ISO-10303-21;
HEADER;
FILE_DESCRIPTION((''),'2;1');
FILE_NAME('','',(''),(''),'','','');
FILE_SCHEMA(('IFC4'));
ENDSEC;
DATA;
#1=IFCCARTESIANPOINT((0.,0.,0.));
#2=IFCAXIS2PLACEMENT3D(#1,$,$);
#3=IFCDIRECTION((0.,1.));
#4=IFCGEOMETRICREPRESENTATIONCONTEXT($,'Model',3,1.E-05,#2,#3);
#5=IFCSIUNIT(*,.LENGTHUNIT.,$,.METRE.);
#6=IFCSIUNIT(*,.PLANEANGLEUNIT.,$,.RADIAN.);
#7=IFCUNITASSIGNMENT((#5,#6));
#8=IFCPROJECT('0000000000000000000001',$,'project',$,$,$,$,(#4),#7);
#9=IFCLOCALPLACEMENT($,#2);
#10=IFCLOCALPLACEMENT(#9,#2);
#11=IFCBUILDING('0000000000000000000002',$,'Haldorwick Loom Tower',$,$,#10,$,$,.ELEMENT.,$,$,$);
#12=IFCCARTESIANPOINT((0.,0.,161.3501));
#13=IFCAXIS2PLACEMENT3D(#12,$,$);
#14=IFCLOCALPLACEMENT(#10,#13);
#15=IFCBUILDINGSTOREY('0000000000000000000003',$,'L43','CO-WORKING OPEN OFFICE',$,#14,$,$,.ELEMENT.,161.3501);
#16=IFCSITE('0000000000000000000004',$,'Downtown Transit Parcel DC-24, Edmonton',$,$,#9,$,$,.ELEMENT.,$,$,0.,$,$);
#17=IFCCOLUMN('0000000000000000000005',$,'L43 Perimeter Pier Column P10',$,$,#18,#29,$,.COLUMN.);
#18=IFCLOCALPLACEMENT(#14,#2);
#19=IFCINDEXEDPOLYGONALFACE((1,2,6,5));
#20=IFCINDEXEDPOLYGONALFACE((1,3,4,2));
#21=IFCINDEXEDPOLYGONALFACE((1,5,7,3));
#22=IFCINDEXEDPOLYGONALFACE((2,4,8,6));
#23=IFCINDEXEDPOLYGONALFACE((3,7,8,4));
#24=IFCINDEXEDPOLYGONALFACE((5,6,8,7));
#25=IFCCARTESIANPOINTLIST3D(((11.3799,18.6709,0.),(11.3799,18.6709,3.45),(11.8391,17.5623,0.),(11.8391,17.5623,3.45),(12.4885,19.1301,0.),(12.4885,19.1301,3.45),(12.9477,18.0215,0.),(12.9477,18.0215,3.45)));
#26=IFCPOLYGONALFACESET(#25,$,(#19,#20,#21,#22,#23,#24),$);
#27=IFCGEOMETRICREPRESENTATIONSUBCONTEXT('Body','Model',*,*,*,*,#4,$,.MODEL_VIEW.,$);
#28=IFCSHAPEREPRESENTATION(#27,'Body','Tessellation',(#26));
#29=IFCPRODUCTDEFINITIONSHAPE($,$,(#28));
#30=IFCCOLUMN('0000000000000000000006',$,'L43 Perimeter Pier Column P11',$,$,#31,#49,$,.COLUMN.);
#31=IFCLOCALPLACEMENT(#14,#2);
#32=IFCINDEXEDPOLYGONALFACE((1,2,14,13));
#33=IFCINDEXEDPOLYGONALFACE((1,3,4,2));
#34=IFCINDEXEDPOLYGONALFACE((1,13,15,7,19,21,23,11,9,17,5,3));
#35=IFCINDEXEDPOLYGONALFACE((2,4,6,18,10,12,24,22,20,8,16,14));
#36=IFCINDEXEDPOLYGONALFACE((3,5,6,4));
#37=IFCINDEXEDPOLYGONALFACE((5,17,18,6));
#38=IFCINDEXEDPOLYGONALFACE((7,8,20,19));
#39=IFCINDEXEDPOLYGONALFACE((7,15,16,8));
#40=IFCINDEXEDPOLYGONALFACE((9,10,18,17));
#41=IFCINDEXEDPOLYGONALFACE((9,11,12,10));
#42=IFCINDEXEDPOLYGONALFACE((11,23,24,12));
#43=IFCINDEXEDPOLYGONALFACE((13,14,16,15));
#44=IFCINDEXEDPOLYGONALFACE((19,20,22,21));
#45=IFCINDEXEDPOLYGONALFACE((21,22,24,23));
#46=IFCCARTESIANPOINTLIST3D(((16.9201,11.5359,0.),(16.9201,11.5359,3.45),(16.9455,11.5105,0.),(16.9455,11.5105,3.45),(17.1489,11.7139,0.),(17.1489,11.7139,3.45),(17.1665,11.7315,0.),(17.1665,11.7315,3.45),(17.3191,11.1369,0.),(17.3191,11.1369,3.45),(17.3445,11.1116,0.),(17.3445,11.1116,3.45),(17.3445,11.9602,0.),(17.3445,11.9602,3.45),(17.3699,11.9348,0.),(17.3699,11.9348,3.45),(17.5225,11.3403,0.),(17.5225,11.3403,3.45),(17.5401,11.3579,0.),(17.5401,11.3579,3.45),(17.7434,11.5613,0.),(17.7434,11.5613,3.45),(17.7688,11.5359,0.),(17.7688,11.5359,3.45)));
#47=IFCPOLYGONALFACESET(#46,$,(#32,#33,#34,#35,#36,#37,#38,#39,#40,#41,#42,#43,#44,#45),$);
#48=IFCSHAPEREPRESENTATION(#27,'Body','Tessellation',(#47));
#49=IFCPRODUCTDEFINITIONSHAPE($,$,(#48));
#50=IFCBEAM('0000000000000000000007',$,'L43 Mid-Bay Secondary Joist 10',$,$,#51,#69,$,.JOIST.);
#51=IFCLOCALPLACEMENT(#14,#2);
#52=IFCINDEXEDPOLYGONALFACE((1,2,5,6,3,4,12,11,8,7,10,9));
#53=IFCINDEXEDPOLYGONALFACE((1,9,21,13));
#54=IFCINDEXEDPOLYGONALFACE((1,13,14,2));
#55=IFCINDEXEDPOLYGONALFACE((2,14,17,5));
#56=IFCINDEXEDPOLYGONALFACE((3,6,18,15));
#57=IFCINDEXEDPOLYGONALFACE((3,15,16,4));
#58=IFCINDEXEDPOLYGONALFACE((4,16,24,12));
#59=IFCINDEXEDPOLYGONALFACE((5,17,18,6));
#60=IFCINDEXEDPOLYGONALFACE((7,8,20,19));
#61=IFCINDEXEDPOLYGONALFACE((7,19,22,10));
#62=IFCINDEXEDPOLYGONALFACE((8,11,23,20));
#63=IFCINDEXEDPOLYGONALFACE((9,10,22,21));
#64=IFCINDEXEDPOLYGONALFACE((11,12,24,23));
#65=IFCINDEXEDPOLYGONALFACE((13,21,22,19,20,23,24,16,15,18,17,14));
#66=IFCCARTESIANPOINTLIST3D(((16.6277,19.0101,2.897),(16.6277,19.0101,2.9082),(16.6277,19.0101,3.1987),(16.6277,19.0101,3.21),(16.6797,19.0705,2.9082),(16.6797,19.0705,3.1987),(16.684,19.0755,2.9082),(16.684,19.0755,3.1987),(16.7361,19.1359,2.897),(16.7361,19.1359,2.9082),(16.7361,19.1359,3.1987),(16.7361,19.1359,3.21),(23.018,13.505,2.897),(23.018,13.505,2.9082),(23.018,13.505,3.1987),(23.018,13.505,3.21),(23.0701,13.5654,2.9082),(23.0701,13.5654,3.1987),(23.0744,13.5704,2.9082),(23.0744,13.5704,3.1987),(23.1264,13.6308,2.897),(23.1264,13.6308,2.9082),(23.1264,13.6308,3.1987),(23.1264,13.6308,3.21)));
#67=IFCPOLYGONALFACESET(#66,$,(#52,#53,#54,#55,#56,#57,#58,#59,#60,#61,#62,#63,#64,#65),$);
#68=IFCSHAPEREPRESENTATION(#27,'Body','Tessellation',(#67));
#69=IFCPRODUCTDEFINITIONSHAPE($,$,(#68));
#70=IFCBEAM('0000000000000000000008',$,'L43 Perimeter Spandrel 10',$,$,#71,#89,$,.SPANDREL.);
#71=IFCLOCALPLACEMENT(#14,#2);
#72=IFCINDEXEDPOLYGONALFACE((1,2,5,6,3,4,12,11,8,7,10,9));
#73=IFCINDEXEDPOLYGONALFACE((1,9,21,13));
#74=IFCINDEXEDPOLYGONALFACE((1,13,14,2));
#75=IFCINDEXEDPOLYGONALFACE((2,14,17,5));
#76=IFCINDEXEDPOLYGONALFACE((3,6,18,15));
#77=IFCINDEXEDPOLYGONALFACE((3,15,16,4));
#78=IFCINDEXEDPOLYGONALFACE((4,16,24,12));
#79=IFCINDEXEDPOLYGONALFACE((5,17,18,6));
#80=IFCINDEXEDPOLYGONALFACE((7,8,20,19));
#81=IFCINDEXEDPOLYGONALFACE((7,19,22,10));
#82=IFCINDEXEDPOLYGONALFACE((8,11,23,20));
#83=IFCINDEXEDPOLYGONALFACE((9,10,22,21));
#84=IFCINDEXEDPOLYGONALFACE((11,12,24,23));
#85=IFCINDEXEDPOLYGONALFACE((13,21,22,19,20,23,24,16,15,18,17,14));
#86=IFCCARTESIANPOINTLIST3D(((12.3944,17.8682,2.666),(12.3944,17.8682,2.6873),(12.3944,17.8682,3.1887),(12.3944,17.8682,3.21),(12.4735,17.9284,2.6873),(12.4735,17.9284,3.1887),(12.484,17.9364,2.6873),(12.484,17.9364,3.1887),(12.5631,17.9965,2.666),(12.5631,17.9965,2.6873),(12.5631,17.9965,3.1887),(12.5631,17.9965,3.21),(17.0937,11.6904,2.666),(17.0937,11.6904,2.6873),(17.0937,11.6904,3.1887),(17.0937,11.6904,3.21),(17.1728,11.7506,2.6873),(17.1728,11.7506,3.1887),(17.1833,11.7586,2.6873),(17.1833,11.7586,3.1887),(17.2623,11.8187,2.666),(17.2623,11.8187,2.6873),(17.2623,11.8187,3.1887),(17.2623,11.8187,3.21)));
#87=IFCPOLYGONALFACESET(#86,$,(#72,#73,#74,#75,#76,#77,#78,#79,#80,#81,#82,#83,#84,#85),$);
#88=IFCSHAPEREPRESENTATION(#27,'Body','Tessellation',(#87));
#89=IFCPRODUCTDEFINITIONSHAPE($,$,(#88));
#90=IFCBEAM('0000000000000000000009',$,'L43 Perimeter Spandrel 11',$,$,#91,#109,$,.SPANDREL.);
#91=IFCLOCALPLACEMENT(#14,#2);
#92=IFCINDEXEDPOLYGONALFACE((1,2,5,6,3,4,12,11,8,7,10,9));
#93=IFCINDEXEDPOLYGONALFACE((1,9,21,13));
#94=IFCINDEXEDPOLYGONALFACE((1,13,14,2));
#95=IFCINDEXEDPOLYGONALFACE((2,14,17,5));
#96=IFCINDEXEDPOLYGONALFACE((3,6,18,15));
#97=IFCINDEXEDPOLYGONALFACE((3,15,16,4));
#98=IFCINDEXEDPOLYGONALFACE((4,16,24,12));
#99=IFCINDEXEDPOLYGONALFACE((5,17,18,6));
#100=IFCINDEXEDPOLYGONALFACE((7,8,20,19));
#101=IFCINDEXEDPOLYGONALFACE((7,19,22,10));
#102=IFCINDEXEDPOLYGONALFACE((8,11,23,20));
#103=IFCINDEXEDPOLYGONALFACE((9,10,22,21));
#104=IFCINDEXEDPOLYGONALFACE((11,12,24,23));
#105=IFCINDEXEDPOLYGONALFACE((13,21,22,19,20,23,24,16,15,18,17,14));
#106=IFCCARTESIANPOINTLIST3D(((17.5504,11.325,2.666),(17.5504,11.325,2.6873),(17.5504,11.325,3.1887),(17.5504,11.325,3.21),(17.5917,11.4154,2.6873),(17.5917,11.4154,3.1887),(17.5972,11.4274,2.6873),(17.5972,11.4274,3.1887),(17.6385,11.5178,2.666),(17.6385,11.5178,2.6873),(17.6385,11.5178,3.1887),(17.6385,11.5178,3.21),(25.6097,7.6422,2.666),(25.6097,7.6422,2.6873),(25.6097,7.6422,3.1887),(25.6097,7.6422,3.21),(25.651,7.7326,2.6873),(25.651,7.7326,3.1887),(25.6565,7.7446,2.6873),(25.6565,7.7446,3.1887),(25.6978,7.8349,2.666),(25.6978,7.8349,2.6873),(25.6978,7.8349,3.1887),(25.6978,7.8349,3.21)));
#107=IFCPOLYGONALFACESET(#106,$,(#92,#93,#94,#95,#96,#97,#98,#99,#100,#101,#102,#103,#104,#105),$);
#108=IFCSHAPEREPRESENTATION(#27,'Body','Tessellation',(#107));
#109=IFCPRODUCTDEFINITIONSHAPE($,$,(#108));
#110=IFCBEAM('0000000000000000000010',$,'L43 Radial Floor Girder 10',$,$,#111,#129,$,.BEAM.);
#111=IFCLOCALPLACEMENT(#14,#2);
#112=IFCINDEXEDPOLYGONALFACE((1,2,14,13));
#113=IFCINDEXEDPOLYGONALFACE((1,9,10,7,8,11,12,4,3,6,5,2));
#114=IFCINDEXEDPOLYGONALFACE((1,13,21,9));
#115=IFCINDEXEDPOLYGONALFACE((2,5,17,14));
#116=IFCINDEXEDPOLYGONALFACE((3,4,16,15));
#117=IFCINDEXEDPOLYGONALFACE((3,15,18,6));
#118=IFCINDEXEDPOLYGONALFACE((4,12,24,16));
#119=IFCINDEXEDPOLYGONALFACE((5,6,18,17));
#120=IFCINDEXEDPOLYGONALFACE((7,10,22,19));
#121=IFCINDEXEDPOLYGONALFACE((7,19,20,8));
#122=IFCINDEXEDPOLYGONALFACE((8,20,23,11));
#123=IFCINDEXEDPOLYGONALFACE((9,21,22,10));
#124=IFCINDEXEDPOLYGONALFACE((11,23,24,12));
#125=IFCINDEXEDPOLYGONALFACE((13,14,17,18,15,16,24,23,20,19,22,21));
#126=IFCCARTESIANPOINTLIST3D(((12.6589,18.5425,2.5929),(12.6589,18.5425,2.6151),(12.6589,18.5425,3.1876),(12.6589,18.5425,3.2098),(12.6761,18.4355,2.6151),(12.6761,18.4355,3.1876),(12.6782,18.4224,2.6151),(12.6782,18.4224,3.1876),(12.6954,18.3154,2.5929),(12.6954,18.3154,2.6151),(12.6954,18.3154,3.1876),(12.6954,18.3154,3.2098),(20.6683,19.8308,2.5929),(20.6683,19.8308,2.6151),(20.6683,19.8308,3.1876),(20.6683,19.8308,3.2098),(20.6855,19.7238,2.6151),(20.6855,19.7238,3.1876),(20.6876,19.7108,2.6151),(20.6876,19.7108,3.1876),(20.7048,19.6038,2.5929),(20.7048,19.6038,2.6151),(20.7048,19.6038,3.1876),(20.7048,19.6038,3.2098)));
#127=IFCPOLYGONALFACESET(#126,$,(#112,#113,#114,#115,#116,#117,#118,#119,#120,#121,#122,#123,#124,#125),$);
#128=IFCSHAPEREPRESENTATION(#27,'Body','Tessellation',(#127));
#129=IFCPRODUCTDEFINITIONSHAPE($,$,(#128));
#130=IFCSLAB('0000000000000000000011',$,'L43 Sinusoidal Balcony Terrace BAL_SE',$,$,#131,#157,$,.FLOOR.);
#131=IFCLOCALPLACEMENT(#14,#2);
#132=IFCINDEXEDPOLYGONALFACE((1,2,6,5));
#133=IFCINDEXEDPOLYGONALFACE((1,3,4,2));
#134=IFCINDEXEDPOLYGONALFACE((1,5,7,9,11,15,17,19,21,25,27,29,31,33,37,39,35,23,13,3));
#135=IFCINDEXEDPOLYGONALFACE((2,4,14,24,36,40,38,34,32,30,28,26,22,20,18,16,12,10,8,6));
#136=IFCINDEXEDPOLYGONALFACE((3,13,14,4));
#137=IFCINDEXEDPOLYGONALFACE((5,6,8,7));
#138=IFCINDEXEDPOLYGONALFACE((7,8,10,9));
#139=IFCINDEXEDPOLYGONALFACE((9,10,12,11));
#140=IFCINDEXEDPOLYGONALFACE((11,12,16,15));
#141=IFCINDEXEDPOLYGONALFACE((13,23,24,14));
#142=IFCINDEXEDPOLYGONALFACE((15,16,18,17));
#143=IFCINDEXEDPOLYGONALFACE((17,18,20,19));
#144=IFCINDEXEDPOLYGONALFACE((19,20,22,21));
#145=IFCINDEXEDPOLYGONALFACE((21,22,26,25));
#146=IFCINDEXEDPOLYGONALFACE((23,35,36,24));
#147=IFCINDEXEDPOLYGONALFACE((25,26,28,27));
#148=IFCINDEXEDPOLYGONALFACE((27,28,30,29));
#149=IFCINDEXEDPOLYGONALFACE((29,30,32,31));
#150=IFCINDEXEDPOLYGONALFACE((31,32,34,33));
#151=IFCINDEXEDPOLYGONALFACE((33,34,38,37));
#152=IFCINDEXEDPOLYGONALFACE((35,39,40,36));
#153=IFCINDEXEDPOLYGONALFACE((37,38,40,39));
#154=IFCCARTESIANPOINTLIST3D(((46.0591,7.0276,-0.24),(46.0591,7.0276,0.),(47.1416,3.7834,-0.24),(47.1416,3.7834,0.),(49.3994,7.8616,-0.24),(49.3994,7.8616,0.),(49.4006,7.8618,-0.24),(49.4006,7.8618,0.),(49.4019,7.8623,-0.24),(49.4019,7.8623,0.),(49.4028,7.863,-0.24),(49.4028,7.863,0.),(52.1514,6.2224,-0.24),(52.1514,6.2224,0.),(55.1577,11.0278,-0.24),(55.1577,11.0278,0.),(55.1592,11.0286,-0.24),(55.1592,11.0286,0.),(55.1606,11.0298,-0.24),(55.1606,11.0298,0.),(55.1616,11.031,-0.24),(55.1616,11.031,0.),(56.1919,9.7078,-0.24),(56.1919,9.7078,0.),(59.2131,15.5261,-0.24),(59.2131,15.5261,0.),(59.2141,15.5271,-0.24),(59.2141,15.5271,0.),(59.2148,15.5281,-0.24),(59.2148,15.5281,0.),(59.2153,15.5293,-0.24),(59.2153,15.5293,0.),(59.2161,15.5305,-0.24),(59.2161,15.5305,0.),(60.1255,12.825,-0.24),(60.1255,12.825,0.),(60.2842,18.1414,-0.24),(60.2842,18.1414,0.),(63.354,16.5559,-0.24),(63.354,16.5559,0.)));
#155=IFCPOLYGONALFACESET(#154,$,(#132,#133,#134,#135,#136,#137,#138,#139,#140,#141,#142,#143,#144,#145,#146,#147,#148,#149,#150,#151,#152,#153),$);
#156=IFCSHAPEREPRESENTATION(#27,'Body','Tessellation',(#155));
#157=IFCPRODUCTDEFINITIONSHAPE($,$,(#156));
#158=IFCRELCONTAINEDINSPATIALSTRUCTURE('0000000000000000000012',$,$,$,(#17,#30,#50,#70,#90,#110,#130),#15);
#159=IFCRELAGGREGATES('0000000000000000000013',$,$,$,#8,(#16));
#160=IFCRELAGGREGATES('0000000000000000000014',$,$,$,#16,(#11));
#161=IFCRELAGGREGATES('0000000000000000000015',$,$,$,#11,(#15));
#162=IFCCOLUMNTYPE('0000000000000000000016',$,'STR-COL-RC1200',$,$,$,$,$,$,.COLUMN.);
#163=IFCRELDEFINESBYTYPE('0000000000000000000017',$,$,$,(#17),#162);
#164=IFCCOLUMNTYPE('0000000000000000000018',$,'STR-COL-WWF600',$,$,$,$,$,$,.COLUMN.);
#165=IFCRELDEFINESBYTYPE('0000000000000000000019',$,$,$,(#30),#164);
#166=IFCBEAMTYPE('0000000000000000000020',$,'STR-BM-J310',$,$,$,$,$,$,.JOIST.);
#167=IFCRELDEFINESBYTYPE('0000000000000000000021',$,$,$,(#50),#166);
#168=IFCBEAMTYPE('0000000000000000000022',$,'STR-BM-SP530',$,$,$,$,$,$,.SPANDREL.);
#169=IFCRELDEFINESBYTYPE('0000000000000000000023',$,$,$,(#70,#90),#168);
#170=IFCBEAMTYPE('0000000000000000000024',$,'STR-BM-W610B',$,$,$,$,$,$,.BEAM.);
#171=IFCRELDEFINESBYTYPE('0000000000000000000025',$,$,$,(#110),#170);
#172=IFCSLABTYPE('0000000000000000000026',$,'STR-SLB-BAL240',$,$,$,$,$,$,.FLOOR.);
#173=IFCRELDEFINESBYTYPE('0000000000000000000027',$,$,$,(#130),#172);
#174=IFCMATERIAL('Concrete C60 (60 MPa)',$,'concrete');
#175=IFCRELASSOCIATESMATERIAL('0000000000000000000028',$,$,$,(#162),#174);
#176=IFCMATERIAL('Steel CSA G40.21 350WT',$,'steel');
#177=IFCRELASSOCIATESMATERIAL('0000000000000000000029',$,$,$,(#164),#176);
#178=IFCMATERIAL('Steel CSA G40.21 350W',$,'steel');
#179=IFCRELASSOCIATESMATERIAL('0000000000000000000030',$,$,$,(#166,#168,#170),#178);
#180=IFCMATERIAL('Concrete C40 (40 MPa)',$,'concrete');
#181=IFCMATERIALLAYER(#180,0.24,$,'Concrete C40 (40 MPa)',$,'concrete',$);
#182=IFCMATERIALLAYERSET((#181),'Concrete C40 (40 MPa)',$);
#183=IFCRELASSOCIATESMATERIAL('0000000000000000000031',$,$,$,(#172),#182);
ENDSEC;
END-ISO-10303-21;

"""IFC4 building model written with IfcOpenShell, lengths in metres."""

from ifc_helpers import new_model, si_unit, direction, frame, origin, origin_2d, place, context, subcontext, project, spatial, polyline, rectangle, i_section, outline, extrude, material, layer, layer_set, material_profile, profile_set, type_object, element, save


model = new_model("IFC4")

# Units and contexts
model_context = context("Model", 3, precision=1e-05, world=origin(), true_north=direction((0.0, 1.0)))
body_context = subcontext(model_context, "Body", "Model", "MODEL_VIEW")
ifc_project = project(units=[si_unit("LENGTHUNIT", "METRE"), si_unit("PLANEANGLEUNIT", "RADIAN")], contexts=[model_context])

# Site, building, storey
site_placement = place(None, origin())
site = spatial("IfcSite", under=ifc_project, at=site_placement, Name="Downtown Transit Parcel DC-24, Edmonton", CompositionType="ELEMENT", RefElevation=0.0)
building_placement = place(site_placement, origin())
building = spatial("IfcBuilding", under=site, at=building_placement, Name="Haldorwick Loom Tower", CompositionType="ELEMENT")
storey_placement = place(building_placement, frame((0.0, 0.0, 161.3501)))
storey = spatial("IfcBuildingStorey", under=building, at=storey_placement, Name="L43", Description="CO-WORKING OPEN OFFICE", CompositionType="ELEMENT", Elevation=161.3501)

# Columns
ifc_material_1 = material(Name="Concrete C60 (60 MPa)", Category="concrete")
ifc_material_profile_1 = material_profile(ifc_material_1, rectangle(XDim=1.2, YDim=1.2, at=origin_2d()), Name="RC1200X1200", Category="concrete")
ifc_profile_set_1 = profile_set([ifc_material_profile_1], Name="Concrete C60 (60 MPa)")
column_type_1 = type_object("IfcColumnType", Name="STR-COL-RC1200", PredefinedType="COLUMN", material=ifc_profile_set_1)
column_1_placement = place(storey_placement, frame((12.1638, 18.3462, 0.0), z_axis=(0.0, 0.0, 1.0), x_axis=(-0.92388, -0.382683, 0.0)))
element("IfcColumn", 1, at=column_1_placement, inside=storey, type_object=column_type_1, Name="L43 Perimeter Pier Column P10", PredefinedType="COLUMN", context=body_context, shape_type="SweptSolid", body=[
    extrude(rectangle(XDim=1.2, YDim=1.2, at=origin_2d()), origin(), (0.0, 0.0, 1.0), 3.45),
])
ifc_material_2 = material(Name="Steel CSA G40.21 350WT", Category="steel")
ifc_material_profile_2 = material_profile(ifc_material_2, i_section(OverallWidth=0.6001, OverallDepth=0.6001, WebThickness=0.0249, FlangeThickness=0.0359, at=origin_2d()), Name="WWF600X600", Category="steel")
ifc_profile_set_2 = profile_set([ifc_material_profile_2], Name="Steel CSA G40.21 350WT")
column_type_2 = type_object("IfcColumnType", Name="STR-COL-WWF600", PredefinedType="COLUMN", material=ifc_profile_set_2)
column_2_placement = place(storey_placement, frame((17.3445, 11.5359, 0.0), z_axis=(0.0, 0.0, 1.0), x_axis=(-0.707107, -0.707107, 0.0)))
element("IfcColumn", 2, at=column_2_placement, inside=storey, type_object=column_type_2, Name="L43 Perimeter Pier Column P11", PredefinedType="COLUMN", context=body_context, shape_type="SweptSolid", body=[
    extrude(i_section(OverallWidth=0.6001, OverallDepth=0.6001, WebThickness=0.0249, FlangeThickness=0.0359, at=origin_2d()), origin(), (0.0, 0.0, 1.0), 3.45),
])

# Beams
ifc_material_3 = material(Name="Steel CSA G40.21 350W", Category="steel")
ifc_material_profile_3 = material_profile(ifc_material_3, i_section(OverallWidth=0.166, OverallDepth=0.313, WebThickness=0.0066, FlangeThickness=0.0112, at=origin_2d()), Name="W310X45", Category="steel")
ifc_profile_set_3 = profile_set([ifc_material_profile_3], Name="Steel CSA G40.21 350W")
beam_type_1 = type_object("IfcBeamType", Name="STR-BM-J310", PredefinedType="JOIST", material=ifc_profile_set_3)
beam_1_placement = place(storey_placement, frame((16.6819, 19.073, 3.0535), z_axis=(0.757634, -0.65268, 0.0), x_axis=(0.65268, 0.757634, 0.0)))
element("IfcBeam", 3, at=beam_1_placement, inside=storey, type_object=beam_type_1, Name="L43 Mid-Bay Secondary Joist 10", PredefinedType="JOIST", context=body_context, shape_type="SweptSolid", body=[
    extrude(i_section(OverallWidth=0.166, OverallDepth=0.313, WebThickness=0.0066, FlangeThickness=0.0112, at=origin_2d()), origin(), (0.0, 0.0, 1.0), 8.4346),
])
ifc_material_profile_4 = material_profile(ifc_material_3, i_section(OverallWidth=0.2119, OverallDepth=0.5439, WebThickness=0.0132, FlangeThickness=0.0212, at=origin_2d()), Name="W530X123", Category="steel")
ifc_profile_set_4 = profile_set([ifc_material_profile_4], Name="Steel CSA G40.21 350W")
beam_type_2 = type_object("IfcBeamType", Name="STR-BM-SP530", PredefinedType="SPANDREL", material=ifc_profile_set_4)
beam_2_placement = place(storey_placement, frame((12.4788, 17.9324, 2.938), z_axis=(0.605421, -0.795905, 0.0), x_axis=(0.795905, 0.605421, 0.0)))
element("IfcBeam", 4, at=beam_2_placement, inside=storey, type_object=beam_type_2, Name="L43 Perimeter Spandrel 10", PredefinedType="SPANDREL", context=body_context, shape_type="SweptSolid", body=[
    extrude(i_section(OverallWidth=0.2119, OverallDepth=0.5439, WebThickness=0.0132, FlangeThickness=0.0212, at=origin_2d()), origin(), (0.0, 0.0, 1.0), 7.762),
])
beam_3_placement = place(storey_placement, frame((17.5945, 11.4214, 2.938), z_axis=(0.909534, -0.415629, 0.0), x_axis=(0.415629, 0.909534, 0.0)))
element("IfcBeam", 5, at=beam_3_placement, inside=storey, type_object=beam_type_2, Name="L43 Perimeter Spandrel 11", PredefinedType="SPANDREL", context=body_context, shape_type="SweptSolid", body=[
    extrude(i_section(OverallWidth=0.2119, OverallDepth=0.5439, WebThickness=0.0132, FlangeThickness=0.0212, at=origin_2d()), origin(), (0.0, 0.0, 1.0), 8.8608),
])
ifc_material_profile_5 = material_profile(ifc_material_3, i_section(OverallWidth=0.23, OverallDepth=0.6169, WebThickness=0.0132, FlangeThickness=0.0222, at=origin_2d()), Name="W610X140", Category="steel")
ifc_profile_set_5 = profile_set([ifc_material_profile_5], Name="Steel CSA G40.21 350W")
beam_type_3 = type_object("IfcBeamType", Name="STR-BM-W610B", PredefinedType="BEAM", material=ifc_profile_set_5)
beam_4_placement = place(storey_placement, frame((20.6865, 19.7173, 2.9014), z_axis=(-0.987309, -0.158813, 0.0), x_axis=(0.158813, -0.987309, 0.0)))
element("IfcBeam", 6, at=beam_4_placement, inside=storey, type_object=beam_type_3, Name="L43 Radial Floor Girder 10", PredefinedType="BEAM", context=body_context, shape_type="SweptSolid", body=[
    extrude(i_section(OverallWidth=0.23, OverallDepth=0.6169, WebThickness=0.0132, FlangeThickness=0.0222, at=origin_2d()), origin(), (0.0, 0.0, 1.0), 8.1123),
])

# Slab
ifc_material_4 = material(Name="Concrete C40 (40 MPa)", Category="concrete")
ifc_layer_1 = layer(ifc_material_4, 0.24, Name="Concrete C40 (40 MPa)", Category="concrete")
ifc_layer_set_1 = layer_set([ifc_layer_1], Name="Concrete C40 (40 MPa)")
slab_type_1 = type_object("IfcSlabType", Name="STR-SLB-BAL240", PredefinedType="FLOOR", material=ifc_layer_set_1)
slab_1_placement = place(storey_placement, frame((0.0, 0.0, -0.24)))
element("IfcSlab", 7, at=slab_1_placement, inside=storey, type_object=slab_type_1, Name="L43 Sinusoidal Balcony Terrace BAL_SE", PredefinedType="FLOOR", context=body_context, shape_type="SweptSolid", body=[
    extrude(outline(polyline([(60.2842, 18.1414), (59.2161, 15.5305), (59.2153, 15.5293), (59.2148, 15.5281), (59.2141, 15.5271), (59.2131, 15.5261), (55.1616, 11.031), (55.1606, 11.0298), (55.1592, 11.0286), (55.1577, 11.0278), (49.4028, 7.863), (49.4019, 7.8623), (49.4006, 7.8618), (49.3994, 7.8616), (46.0591, 7.0276), (47.1416, 3.7834), (52.1514, 6.2224), (56.1919, 9.7078), (60.1255, 12.825), (63.354, 16.5559), (60.2842, 18.1414)])), origin(), (0.0, 0.0, 1.0), 0.24),
])

save(model, "model.ifc")
